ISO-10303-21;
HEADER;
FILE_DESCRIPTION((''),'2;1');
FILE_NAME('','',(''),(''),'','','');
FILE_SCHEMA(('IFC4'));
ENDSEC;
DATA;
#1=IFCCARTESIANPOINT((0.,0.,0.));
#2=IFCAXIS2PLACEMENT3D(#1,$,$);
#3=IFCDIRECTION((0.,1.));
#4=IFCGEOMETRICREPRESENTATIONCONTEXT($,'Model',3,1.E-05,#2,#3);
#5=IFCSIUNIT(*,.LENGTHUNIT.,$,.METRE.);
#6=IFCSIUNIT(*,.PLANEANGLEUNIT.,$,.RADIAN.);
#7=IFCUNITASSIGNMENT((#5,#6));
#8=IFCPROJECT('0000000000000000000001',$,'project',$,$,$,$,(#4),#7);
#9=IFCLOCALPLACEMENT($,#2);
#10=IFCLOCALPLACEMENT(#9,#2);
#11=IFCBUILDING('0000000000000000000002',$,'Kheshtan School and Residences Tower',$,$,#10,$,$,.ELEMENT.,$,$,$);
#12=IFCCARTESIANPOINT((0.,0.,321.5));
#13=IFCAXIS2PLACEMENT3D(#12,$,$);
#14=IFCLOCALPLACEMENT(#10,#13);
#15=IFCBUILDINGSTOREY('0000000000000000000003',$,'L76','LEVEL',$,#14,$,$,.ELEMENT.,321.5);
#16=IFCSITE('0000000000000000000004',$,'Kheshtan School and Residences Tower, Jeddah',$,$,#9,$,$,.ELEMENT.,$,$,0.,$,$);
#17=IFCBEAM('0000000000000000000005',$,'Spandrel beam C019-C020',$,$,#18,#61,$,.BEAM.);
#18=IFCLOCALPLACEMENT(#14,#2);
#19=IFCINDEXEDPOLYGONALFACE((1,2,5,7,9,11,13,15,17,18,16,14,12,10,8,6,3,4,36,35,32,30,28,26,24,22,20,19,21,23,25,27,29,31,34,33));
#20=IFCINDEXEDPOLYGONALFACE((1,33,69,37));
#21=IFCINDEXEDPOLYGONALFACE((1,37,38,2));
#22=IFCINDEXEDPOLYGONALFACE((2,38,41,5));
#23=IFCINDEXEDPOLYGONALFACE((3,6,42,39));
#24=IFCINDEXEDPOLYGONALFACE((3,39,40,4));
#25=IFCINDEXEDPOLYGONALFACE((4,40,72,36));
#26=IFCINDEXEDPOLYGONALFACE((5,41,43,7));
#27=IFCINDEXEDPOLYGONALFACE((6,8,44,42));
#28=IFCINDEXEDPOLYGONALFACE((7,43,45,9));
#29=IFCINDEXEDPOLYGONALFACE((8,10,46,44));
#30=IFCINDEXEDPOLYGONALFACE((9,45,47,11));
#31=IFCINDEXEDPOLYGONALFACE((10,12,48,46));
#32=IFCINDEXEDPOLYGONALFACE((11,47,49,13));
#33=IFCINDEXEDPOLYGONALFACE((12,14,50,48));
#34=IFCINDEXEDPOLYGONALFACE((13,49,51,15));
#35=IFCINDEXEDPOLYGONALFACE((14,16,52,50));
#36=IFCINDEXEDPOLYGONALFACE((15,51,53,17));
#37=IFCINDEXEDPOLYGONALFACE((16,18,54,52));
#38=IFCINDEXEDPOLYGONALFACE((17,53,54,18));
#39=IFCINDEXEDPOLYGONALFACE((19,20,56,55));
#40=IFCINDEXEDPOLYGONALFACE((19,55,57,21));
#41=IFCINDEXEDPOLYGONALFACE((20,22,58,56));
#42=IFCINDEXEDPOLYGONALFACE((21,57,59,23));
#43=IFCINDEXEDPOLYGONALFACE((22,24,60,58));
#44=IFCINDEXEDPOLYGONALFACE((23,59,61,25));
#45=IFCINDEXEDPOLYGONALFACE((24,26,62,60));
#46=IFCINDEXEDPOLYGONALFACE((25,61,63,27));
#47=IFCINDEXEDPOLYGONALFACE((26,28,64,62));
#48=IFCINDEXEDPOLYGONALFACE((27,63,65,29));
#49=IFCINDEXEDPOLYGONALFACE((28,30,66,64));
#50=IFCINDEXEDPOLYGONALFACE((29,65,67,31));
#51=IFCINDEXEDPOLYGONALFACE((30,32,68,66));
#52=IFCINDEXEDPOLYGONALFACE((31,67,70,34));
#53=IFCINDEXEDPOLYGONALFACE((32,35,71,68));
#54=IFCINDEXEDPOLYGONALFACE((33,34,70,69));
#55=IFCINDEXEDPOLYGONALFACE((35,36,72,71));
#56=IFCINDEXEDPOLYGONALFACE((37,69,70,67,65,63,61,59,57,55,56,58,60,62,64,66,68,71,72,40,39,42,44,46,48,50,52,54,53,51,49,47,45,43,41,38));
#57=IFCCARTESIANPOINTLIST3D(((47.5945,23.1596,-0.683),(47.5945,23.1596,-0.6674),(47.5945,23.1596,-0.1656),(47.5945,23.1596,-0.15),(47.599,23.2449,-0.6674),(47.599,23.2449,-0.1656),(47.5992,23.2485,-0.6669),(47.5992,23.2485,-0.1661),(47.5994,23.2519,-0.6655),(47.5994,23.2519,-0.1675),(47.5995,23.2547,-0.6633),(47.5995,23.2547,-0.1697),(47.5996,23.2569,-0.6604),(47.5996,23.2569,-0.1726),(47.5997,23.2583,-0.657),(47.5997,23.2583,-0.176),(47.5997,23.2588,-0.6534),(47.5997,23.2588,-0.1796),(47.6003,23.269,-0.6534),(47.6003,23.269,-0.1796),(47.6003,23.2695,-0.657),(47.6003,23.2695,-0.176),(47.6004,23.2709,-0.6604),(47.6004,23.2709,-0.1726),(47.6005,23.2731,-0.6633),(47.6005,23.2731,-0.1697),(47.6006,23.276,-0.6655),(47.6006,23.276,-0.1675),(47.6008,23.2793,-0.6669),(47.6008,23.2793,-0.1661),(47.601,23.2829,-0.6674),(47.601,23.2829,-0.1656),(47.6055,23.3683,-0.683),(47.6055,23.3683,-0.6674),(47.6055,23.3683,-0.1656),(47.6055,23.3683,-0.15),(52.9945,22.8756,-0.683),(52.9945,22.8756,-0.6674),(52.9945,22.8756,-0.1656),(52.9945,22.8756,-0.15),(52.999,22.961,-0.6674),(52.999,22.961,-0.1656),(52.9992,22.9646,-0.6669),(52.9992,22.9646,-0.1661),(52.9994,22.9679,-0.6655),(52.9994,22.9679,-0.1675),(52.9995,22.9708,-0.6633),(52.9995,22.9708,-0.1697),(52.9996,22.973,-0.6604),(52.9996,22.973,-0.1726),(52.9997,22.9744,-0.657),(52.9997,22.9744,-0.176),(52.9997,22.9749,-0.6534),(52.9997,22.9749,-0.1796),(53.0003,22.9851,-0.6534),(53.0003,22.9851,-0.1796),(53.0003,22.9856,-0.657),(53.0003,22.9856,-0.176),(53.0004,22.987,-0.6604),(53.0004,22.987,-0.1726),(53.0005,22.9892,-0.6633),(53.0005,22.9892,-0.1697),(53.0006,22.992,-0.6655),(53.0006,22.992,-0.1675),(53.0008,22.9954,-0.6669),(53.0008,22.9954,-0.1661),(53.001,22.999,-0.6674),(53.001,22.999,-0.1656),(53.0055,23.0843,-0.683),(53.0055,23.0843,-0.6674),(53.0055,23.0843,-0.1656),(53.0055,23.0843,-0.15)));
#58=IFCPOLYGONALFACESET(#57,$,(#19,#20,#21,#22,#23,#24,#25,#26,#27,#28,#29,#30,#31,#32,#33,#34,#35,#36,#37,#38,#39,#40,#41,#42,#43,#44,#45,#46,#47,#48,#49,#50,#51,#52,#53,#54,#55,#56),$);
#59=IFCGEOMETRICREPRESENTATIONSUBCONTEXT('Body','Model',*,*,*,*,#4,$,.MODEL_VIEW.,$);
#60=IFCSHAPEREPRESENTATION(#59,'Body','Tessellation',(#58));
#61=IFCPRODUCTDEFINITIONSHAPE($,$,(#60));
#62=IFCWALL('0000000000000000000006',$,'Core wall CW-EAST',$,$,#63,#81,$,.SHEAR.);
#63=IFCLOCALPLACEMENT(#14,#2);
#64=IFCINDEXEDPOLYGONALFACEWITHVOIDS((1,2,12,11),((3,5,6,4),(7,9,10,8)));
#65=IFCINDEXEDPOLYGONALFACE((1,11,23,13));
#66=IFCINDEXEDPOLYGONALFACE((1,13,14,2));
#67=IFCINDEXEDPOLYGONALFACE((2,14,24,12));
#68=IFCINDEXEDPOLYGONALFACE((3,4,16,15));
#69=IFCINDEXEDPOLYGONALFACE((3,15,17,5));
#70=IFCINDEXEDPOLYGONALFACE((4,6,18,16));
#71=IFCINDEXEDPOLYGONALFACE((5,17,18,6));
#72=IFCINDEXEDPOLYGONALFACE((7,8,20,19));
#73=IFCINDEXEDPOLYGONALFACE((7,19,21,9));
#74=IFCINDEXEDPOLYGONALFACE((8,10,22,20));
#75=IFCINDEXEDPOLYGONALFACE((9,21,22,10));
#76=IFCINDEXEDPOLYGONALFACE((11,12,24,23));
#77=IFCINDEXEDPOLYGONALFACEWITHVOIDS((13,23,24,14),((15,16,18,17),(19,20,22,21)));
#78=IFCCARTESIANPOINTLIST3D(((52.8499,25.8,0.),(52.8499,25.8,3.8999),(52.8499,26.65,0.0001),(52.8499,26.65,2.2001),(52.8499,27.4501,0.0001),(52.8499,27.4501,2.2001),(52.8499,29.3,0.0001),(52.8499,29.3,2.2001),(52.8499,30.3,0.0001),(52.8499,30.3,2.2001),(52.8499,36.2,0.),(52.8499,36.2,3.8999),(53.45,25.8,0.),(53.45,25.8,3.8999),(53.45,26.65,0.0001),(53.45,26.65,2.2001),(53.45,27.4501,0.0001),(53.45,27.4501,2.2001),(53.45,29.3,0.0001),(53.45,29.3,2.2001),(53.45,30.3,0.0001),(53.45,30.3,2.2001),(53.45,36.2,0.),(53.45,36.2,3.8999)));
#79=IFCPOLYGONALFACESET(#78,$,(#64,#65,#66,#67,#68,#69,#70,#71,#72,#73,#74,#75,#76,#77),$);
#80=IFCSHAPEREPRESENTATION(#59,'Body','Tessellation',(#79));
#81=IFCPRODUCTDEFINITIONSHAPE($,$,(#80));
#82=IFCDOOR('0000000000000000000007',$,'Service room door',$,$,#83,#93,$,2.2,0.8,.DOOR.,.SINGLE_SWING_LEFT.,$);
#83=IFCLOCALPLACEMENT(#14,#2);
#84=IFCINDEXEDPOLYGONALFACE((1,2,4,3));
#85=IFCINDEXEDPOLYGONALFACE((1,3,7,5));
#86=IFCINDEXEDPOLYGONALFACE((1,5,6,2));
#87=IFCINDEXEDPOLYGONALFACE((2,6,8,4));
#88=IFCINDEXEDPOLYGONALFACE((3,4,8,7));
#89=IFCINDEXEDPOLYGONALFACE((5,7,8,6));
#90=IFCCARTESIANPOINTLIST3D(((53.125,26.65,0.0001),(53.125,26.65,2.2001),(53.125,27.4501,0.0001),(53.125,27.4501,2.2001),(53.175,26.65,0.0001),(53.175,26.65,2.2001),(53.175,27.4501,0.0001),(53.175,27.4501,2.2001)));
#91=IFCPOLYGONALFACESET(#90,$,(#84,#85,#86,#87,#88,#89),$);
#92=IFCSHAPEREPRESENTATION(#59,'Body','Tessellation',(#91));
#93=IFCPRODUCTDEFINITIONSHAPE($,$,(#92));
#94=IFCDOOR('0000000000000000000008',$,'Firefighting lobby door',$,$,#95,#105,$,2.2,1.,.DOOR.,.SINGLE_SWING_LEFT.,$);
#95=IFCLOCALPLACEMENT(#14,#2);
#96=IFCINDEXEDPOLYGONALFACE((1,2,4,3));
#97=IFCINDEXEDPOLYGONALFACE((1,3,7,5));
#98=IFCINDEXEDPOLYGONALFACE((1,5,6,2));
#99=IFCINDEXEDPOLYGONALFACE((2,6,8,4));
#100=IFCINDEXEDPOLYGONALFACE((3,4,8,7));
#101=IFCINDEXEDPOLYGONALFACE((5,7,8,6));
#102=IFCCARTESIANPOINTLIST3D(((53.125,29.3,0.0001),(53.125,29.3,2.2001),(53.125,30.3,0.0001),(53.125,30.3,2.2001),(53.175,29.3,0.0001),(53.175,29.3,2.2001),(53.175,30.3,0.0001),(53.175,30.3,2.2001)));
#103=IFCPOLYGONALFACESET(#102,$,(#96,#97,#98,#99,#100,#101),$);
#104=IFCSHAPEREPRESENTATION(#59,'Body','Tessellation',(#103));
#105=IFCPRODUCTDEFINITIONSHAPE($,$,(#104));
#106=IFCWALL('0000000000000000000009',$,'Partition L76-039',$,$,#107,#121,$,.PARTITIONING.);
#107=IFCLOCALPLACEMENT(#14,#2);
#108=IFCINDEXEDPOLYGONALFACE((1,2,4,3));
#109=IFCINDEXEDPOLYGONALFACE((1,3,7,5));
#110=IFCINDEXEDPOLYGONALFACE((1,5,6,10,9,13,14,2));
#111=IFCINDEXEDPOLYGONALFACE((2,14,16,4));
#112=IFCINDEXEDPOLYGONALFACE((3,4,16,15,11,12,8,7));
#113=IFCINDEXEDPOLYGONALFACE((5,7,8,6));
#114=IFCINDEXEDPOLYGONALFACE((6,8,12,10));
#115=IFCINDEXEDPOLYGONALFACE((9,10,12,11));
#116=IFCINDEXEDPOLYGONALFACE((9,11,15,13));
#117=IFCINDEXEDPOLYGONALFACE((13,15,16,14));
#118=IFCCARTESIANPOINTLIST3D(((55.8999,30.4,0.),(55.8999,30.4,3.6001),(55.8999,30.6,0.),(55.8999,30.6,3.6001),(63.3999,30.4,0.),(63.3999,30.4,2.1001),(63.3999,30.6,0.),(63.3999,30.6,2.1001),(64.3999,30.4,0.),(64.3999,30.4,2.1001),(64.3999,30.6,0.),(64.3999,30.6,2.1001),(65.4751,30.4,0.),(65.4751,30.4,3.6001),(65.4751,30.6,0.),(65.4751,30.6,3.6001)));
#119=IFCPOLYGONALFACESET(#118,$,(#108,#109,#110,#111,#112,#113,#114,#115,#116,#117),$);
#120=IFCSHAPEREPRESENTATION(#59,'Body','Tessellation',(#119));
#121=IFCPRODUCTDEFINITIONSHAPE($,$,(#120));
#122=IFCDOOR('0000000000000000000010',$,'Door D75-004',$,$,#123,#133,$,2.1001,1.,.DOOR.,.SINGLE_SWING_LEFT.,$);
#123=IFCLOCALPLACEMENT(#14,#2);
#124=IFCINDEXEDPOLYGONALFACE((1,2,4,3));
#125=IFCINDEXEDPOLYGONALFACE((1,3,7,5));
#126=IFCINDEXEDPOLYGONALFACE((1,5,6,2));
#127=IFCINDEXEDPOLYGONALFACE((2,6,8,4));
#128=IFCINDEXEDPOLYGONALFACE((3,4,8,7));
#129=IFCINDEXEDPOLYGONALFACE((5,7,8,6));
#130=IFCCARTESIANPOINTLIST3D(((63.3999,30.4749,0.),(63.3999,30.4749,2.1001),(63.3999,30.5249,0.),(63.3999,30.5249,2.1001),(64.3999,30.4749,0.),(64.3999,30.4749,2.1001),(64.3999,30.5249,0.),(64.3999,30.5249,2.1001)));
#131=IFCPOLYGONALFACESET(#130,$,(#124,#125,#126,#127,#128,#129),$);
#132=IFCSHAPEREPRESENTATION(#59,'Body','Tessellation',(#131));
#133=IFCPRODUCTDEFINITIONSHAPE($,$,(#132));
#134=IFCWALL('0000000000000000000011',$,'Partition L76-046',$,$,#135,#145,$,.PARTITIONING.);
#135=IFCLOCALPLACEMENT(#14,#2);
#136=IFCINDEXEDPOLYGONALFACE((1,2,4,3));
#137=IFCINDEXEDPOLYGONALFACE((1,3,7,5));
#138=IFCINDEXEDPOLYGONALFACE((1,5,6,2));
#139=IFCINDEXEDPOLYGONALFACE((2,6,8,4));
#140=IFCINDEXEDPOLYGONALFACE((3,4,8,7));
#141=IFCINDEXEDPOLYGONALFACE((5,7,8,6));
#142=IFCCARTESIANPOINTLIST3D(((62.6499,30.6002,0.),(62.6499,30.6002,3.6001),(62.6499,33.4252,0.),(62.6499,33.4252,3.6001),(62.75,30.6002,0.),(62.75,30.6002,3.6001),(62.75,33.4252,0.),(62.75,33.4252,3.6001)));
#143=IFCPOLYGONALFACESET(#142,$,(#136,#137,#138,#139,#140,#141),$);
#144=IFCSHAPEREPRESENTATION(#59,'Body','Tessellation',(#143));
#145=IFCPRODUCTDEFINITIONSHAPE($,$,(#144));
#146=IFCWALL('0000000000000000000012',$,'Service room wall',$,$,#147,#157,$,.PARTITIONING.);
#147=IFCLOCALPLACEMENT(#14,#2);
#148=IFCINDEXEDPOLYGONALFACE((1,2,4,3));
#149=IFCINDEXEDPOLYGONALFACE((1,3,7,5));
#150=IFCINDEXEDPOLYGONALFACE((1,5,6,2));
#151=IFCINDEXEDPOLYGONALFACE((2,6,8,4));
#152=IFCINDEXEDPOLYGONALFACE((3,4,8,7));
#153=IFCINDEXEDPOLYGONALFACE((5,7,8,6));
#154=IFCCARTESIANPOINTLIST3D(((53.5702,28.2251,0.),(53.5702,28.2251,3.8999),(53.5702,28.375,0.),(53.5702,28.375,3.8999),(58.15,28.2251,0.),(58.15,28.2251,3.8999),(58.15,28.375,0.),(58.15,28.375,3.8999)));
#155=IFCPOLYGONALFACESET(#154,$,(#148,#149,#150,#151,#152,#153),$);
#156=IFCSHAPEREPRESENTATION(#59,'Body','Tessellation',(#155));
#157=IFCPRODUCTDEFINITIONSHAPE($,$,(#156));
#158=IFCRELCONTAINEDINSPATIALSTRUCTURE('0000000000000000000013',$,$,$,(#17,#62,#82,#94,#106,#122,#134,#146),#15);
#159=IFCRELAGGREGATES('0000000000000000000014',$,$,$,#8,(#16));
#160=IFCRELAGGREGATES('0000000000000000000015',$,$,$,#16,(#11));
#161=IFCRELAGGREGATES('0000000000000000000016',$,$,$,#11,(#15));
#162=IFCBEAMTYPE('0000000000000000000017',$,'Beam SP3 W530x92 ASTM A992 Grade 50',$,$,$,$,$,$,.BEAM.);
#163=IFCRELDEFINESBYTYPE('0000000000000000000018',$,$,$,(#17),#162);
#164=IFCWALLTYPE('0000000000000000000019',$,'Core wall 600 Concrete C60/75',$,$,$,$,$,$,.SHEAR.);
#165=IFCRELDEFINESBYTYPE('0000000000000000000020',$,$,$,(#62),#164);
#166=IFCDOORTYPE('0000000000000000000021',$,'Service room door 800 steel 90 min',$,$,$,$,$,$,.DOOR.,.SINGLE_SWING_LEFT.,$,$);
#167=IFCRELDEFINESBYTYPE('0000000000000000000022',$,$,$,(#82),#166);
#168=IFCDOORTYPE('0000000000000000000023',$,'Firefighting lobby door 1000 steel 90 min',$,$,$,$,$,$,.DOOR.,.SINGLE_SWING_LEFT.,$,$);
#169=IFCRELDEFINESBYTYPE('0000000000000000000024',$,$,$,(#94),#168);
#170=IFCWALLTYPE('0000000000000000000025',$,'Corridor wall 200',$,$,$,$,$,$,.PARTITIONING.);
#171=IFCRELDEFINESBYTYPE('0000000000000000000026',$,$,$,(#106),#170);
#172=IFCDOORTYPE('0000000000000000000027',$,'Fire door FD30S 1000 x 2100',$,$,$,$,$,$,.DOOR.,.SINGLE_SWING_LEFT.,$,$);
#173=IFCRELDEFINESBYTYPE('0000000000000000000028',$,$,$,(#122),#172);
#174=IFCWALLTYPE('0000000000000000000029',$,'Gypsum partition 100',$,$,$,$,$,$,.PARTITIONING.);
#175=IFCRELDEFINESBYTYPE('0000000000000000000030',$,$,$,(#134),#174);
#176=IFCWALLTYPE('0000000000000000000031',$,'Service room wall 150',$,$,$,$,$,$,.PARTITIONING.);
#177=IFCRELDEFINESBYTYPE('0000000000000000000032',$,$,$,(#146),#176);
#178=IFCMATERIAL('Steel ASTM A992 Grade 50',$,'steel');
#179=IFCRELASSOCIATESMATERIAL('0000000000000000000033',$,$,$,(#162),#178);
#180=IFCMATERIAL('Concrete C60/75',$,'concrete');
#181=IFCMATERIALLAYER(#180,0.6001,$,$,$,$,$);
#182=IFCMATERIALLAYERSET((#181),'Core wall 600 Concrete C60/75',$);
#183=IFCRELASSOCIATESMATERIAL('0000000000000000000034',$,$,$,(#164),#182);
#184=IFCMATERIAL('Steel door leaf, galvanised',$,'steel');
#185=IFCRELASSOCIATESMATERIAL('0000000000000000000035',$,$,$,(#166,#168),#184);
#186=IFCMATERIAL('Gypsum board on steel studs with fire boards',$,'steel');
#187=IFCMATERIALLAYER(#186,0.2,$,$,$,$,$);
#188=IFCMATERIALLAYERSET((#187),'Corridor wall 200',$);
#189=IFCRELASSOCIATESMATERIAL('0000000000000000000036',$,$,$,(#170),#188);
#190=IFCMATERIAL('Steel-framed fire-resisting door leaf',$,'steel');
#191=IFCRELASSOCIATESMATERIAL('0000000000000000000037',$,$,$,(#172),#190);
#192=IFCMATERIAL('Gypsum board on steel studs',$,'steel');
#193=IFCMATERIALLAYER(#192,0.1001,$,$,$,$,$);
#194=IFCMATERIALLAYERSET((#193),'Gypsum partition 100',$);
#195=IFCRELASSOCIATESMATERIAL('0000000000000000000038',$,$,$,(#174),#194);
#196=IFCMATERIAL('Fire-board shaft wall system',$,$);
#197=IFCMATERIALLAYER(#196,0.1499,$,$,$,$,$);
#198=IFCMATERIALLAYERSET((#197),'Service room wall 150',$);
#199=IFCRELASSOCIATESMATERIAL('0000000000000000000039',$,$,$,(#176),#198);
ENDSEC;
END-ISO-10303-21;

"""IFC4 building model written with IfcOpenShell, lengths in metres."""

from ifc_helpers import new_model, si_unit, direction, frame, frame_2d, origin, origin_2d, place, context, subcontext, project, spatial, rectangle, i_section, extrude, source, transform, mapped, material, layer, layer_set, material_profile, profile_set, type_object, element, fill, save


model = new_model("IFC4")

# Units and contexts
model_context = context("Model", 3, precision=1e-05, world=origin(), true_north=direction((0.0, 1.0)))
body_context = subcontext(model_context, "Body", "Model", "MODEL_VIEW")
ifc_project = project(units=[si_unit("LENGTHUNIT", "METRE"), si_unit("PLANEANGLEUNIT", "RADIAN")], contexts=[model_context])

# Site, building, storey
site_placement = place(None, origin())
site = spatial("IfcSite", under=ifc_project, at=site_placement, Name="Kheshtan School and Residences Tower, Jeddah", CompositionType="ELEMENT", RefElevation=0.0)
building_placement = place(site_placement, origin())
building = spatial("IfcBuilding", under=site, at=building_placement, Name="Kheshtan School and Residences Tower", CompositionType="ELEMENT")
storey_placement = place(building_placement, frame((0.0, 0.0, 321.5)))
storey = spatial("IfcBuildingStorey", under=building, at=storey_placement, Name="L76", Description="LEVEL", CompositionType="ELEMENT", Elevation=321.5)

# Shared definitions
ifc_material_1 = material(Name="Steel ASTM A992 Grade 50", Category="steel")

# Beam
ifc_material_profile_1 = material_profile(ifc_material_1, i_section(OverallWidth=0.209, OverallDepth=0.533, WebThickness=0.0103, FlangeThickness=0.0156, FilletRadius=0.0139, at=origin_2d()), Name="W530x92")
ifc_profile_set_1 = profile_set([ifc_material_profile_1], Name="Steel ASTM A992 Grade 50")
beam_type_1 = type_object("IfcBeamType", Name="Beam SP3 W530x92 ASTM A992 Grade 50", PredefinedType="BEAM", material=ifc_profile_set_1)
for number, where, z_axis, x_axis, name in (
    (1, (53.0, 22.98, -0.4165), (-0.99862, 0.052509, 0.0), (-0.052509, -0.99862, 0.0), "Spandrel beam C019-C020"),
):
    element("IfcBeam", number, at=place(storey_placement, frame(where, z_axis=z_axis, x_axis=x_axis)), inside=storey, type_object=beam_type_1, Name=name, PredefinedType="BEAM", context=body_context, shape_type="SweptSolid", body=[
        extrude(i_section(OverallWidth=0.209, OverallDepth=0.533, WebThickness=0.0103, FlangeThickness=0.0156, FilletRadius=0.0139, at=origin_2d()), origin(), (0.0, 0.0, 1.0), 5.4075),
    ])

# Wall, openings, doors
ifc_material_2 = material(Name="Concrete C60/75", Category="concrete")
ifc_layer_1 = layer(ifc_material_2, 0.6001)
ifc_layer_set_1 = layer_set([ifc_layer_1], Name="Core wall 600 Concrete C60/75")
wall_type_1 = type_object("IfcWallType", Name="Core wall 600 Concrete C60/75", PredefinedType="SHEAR", material=ifc_layer_set_1)
wall_1_placement = place(storey_placement, frame((53.1499, 25.8, 0.0), z_axis=(0.0, 0.0, 1.0), x_axis=(0.0, 1.0, 0.0)))
wall_1 = element("IfcWall", 2, at=wall_1_placement, inside=storey, type_object=wall_type_1, Name="Core wall CW-EAST", PredefinedType="SHEAR", context=body_context, shape_type="SweptSolid", body=[
    extrude(rectangle(XDim=10.3999, YDim=0.6001, at=frame_2d((5.2, 0.0))), origin(), (0.0, 0.0, 1.0), 3.8999),
])
opening_1_placement = place(wall_1_placement, frame((0.8501, 0.0, 0.0)))
opening_1 = element("IfcOpeningElement", 3, at=opening_1_placement, cuts=wall_1, PredefinedType="OPENING", context=body_context, shape_type="SweptSolid", body=[
    extrude(rectangle(XDim=0.8, YDim=2.2, at=frame_2d((0.3999, 1.1001))), frame((0.0, 0.3101, 0.0), z_axis=(0.0, -1.0, 0.0), x_axis=(1.0, 0.0, 0.0)), (0.0, 0.0, 1.0), 0.6201),
])
opening_2_placement = place(wall_1_placement, frame((3.5, 0.0, 0.0)))
opening_2 = element("IfcOpeningElement", 4, at=opening_2_placement, cuts=wall_1, PredefinedType="OPENING", context=body_context, shape_type="SweptSolid", body=[
    extrude(rectangle(XDim=1.0, YDim=2.2, at=frame_2d((0.5, 1.1001))), frame((0.0, 0.3101, 0.0), z_axis=(0.0, -1.0, 0.0), x_axis=(1.0, 0.0, 0.0)), (0.0, 0.0, 1.0), 0.6201),
])
ifc_material_3 = material(Name="Steel door leaf, galvanised", Category="steel")
door_type_1 = type_object("IfcDoorType", Name="Service room door 800 steel 90 min", OperationType="SINGLE_SWING_LEFT", PredefinedType="DOOR", material=ifc_material_3)
shared_shape_1 = source(origin(), body_context, "Body", "SweptSolid", [
    extrude(rectangle(XDim=0.8, YDim=2.2, at=frame_2d((0.3999, 1.1001))), frame((0.0, 0.0249, 0.0), z_axis=(0.0, -1.0, 0.0), x_axis=(1.0, 0.0, 0.0)), (0.0, 0.0, 1.0), 0.05),
])
door_1_placement = place(opening_1_placement, origin())
door_1 = element("IfcDoor", 5, at=door_1_placement, inside=storey, type_object=door_type_1, Name="Service room door", OperationType="SINGLE_SWING_LEFT", OverallHeight=2.2, OverallWidth=0.8, PredefinedType="DOOR", context=body_context, shape_type="MappedRepresentation", body=[
    mapped(shared_shape_1, transform((0.0, 0.0, 0.0), x_axis=(1.0, 0.0, 0.0), y_axis=(0.0, 1.0, 0.0), z_axis=(0.0, 0.0, 1.0), scale=1.0)),
])
fill(opening_1, door_1)
door_type_2 = type_object("IfcDoorType", Name="Firefighting lobby door 1000 steel 90 min", OperationType="SINGLE_SWING_LEFT", PredefinedType="DOOR", material=ifc_material_3)
shared_shape_2 = source(origin(), body_context, "Body", "SweptSolid", [
    extrude(rectangle(XDim=1.0, YDim=2.2, at=frame_2d((0.5, 1.1001))), frame((0.0, 0.0249, 0.0), z_axis=(0.0, -1.0, 0.0), x_axis=(1.0, 0.0, 0.0)), (0.0, 0.0, 1.0), 0.05),
])
door_2_placement = place(opening_2_placement, origin())
door_2 = element("IfcDoor", 6, at=door_2_placement, inside=storey, type_object=door_type_2, Name="Firefighting lobby door", OperationType="SINGLE_SWING_LEFT", OverallHeight=2.2, OverallWidth=1.0, PredefinedType="DOOR", context=body_context, shape_type="MappedRepresentation", body=[
    mapped(shared_shape_2, transform((0.0, 0.0, 0.0), x_axis=(1.0, 0.0, 0.0), y_axis=(0.0, 1.0, 0.0), z_axis=(0.0, 0.0, 1.0), scale=1.0)),
])
fill(opening_2, door_2)

# Wall, opening, door
ifc_material_4 = material(Name="Gypsum board on steel studs with fire boards", Category="steel")
ifc_layer_2 = layer(ifc_material_4, 0.2)
ifc_layer_set_2 = layer_set([ifc_layer_2], Name="Corridor wall 200")
wall_type_2 = type_object("IfcWallType", Name="Corridor wall 200", PredefinedType="PARTITIONING", material=ifc_layer_set_2)
wall_2_placement = place(storey_placement, frame((55.8999, 30.5, 0.0), z_axis=(0.0, 0.0, 1.0), x_axis=(1.0, 0.0, 0.0)))
wall_2 = element("IfcWall", 7, at=wall_2_placement, inside=storey, type_object=wall_type_2, Name="Partition L76-039", PredefinedType="PARTITIONING", context=body_context, shape_type="SweptSolid", body=[
    extrude(rectangle(XDim=9.5752, YDim=0.2, at=frame_2d((4.7876, 0.0))), origin(), (0.0, 0.0, 1.0), 3.6001),
])
opening_3_placement = place(wall_2_placement, frame((7.5, 0.0, 0.0)))
opening_3 = element("IfcOpeningElement", 8, at=opening_3_placement, cuts=wall_2, PredefinedType="OPENING", context=body_context, shape_type="SweptSolid", body=[
    extrude(rectangle(XDim=1.0, YDim=2.1001, at=frame_2d((0.5, 1.05))), frame((0.0, 0.1099, 0.0), z_axis=(0.0, -1.0, 0.0), x_axis=(1.0, 0.0, 0.0)), (0.0, 0.0, 1.0), 0.22),
])
ifc_material_5 = material(Name="Steel-framed fire-resisting door leaf", Category="steel")
door_type_3 = type_object("IfcDoorType", Name="Fire door FD30S 1000 x 2100", OperationType="SINGLE_SWING_LEFT", PredefinedType="DOOR", material=ifc_material_5)
shared_shape_3 = source(origin(), body_context, "Body", "SweptSolid", [
    extrude(rectangle(XDim=1.0, YDim=2.1001, at=frame_2d((0.5, 1.05))), frame((0.0, 0.0249, 0.0), z_axis=(0.0, -1.0, 0.0), x_axis=(1.0, 0.0, 0.0)), (0.0, 0.0, 1.0), 0.05),
])
door_3_placement = place(opening_3_placement, origin())
door_3 = element("IfcDoor", 9, at=door_3_placement, inside=storey, type_object=door_type_3, Name="Door D75-004", OperationType="SINGLE_SWING_LEFT", OverallHeight=2.1001, OverallWidth=1.0, PredefinedType="DOOR", context=body_context, shape_type="MappedRepresentation", body=[
    mapped(shared_shape_3, transform((0.0, 0.0, 0.0), x_axis=(1.0, 0.0, 0.0), y_axis=(0.0, 1.0, 0.0), z_axis=(0.0, 0.0, 1.0), scale=1.0)),
])
fill(opening_3, door_3)

# Walls
ifc_material_6 = material(Name="Gypsum board on steel studs", Category="steel")
ifc_layer_3 = layer(ifc_material_6, 0.1001)
ifc_layer_set_3 = layer_set([ifc_layer_3], Name="Gypsum partition 100")
wall_type_3 = type_object("IfcWallType", Name="Gypsum partition 100", PredefinedType="PARTITIONING", material=ifc_layer_set_3)
wall_3_placement = place(storey_placement, frame((62.7, 30.6001, 0.0), z_axis=(0.0, 0.0, 1.0), x_axis=(0.0, 1.0, 0.0)))
element("IfcWall", 10, at=wall_3_placement, inside=storey, type_object=wall_type_3, Name="Partition L76-046", PredefinedType="PARTITIONING", context=body_context, shape_type="SweptSolid", body=[
    extrude(rectangle(XDim=2.825, YDim=0.1001, at=frame_2d((1.4126, 0.0))), origin(), (0.0, 0.0, 1.0), 3.6001),
])
ifc_material_7 = material(Name="Fire-board shaft wall system")
ifc_layer_4 = layer(ifc_material_7, 0.1499)
ifc_layer_set_4 = layer_set([ifc_layer_4], Name="Service room wall 150")
wall_type_4 = type_object("IfcWallType", Name="Service room wall 150", PredefinedType="PARTITIONING", material=ifc_layer_set_4)
wall_4_placement = place(storey_placement, frame((53.5701, 28.3, 0.0), z_axis=(0.0, 0.0, 1.0), x_axis=(1.0, 0.0, 0.0)))
element("IfcWall", 11, at=wall_4_placement, inside=storey, type_object=wall_type_4, Name="Service room wall", PredefinedType="PARTITIONING", context=body_context, shape_type="SweptSolid", body=[
    extrude(rectangle(XDim=4.5798, YDim=0.1499, at=frame_2d((2.29, 0.0))), origin(), (0.0, 0.0, 1.0), 3.8999),
])

save(model, "model.ifc")
